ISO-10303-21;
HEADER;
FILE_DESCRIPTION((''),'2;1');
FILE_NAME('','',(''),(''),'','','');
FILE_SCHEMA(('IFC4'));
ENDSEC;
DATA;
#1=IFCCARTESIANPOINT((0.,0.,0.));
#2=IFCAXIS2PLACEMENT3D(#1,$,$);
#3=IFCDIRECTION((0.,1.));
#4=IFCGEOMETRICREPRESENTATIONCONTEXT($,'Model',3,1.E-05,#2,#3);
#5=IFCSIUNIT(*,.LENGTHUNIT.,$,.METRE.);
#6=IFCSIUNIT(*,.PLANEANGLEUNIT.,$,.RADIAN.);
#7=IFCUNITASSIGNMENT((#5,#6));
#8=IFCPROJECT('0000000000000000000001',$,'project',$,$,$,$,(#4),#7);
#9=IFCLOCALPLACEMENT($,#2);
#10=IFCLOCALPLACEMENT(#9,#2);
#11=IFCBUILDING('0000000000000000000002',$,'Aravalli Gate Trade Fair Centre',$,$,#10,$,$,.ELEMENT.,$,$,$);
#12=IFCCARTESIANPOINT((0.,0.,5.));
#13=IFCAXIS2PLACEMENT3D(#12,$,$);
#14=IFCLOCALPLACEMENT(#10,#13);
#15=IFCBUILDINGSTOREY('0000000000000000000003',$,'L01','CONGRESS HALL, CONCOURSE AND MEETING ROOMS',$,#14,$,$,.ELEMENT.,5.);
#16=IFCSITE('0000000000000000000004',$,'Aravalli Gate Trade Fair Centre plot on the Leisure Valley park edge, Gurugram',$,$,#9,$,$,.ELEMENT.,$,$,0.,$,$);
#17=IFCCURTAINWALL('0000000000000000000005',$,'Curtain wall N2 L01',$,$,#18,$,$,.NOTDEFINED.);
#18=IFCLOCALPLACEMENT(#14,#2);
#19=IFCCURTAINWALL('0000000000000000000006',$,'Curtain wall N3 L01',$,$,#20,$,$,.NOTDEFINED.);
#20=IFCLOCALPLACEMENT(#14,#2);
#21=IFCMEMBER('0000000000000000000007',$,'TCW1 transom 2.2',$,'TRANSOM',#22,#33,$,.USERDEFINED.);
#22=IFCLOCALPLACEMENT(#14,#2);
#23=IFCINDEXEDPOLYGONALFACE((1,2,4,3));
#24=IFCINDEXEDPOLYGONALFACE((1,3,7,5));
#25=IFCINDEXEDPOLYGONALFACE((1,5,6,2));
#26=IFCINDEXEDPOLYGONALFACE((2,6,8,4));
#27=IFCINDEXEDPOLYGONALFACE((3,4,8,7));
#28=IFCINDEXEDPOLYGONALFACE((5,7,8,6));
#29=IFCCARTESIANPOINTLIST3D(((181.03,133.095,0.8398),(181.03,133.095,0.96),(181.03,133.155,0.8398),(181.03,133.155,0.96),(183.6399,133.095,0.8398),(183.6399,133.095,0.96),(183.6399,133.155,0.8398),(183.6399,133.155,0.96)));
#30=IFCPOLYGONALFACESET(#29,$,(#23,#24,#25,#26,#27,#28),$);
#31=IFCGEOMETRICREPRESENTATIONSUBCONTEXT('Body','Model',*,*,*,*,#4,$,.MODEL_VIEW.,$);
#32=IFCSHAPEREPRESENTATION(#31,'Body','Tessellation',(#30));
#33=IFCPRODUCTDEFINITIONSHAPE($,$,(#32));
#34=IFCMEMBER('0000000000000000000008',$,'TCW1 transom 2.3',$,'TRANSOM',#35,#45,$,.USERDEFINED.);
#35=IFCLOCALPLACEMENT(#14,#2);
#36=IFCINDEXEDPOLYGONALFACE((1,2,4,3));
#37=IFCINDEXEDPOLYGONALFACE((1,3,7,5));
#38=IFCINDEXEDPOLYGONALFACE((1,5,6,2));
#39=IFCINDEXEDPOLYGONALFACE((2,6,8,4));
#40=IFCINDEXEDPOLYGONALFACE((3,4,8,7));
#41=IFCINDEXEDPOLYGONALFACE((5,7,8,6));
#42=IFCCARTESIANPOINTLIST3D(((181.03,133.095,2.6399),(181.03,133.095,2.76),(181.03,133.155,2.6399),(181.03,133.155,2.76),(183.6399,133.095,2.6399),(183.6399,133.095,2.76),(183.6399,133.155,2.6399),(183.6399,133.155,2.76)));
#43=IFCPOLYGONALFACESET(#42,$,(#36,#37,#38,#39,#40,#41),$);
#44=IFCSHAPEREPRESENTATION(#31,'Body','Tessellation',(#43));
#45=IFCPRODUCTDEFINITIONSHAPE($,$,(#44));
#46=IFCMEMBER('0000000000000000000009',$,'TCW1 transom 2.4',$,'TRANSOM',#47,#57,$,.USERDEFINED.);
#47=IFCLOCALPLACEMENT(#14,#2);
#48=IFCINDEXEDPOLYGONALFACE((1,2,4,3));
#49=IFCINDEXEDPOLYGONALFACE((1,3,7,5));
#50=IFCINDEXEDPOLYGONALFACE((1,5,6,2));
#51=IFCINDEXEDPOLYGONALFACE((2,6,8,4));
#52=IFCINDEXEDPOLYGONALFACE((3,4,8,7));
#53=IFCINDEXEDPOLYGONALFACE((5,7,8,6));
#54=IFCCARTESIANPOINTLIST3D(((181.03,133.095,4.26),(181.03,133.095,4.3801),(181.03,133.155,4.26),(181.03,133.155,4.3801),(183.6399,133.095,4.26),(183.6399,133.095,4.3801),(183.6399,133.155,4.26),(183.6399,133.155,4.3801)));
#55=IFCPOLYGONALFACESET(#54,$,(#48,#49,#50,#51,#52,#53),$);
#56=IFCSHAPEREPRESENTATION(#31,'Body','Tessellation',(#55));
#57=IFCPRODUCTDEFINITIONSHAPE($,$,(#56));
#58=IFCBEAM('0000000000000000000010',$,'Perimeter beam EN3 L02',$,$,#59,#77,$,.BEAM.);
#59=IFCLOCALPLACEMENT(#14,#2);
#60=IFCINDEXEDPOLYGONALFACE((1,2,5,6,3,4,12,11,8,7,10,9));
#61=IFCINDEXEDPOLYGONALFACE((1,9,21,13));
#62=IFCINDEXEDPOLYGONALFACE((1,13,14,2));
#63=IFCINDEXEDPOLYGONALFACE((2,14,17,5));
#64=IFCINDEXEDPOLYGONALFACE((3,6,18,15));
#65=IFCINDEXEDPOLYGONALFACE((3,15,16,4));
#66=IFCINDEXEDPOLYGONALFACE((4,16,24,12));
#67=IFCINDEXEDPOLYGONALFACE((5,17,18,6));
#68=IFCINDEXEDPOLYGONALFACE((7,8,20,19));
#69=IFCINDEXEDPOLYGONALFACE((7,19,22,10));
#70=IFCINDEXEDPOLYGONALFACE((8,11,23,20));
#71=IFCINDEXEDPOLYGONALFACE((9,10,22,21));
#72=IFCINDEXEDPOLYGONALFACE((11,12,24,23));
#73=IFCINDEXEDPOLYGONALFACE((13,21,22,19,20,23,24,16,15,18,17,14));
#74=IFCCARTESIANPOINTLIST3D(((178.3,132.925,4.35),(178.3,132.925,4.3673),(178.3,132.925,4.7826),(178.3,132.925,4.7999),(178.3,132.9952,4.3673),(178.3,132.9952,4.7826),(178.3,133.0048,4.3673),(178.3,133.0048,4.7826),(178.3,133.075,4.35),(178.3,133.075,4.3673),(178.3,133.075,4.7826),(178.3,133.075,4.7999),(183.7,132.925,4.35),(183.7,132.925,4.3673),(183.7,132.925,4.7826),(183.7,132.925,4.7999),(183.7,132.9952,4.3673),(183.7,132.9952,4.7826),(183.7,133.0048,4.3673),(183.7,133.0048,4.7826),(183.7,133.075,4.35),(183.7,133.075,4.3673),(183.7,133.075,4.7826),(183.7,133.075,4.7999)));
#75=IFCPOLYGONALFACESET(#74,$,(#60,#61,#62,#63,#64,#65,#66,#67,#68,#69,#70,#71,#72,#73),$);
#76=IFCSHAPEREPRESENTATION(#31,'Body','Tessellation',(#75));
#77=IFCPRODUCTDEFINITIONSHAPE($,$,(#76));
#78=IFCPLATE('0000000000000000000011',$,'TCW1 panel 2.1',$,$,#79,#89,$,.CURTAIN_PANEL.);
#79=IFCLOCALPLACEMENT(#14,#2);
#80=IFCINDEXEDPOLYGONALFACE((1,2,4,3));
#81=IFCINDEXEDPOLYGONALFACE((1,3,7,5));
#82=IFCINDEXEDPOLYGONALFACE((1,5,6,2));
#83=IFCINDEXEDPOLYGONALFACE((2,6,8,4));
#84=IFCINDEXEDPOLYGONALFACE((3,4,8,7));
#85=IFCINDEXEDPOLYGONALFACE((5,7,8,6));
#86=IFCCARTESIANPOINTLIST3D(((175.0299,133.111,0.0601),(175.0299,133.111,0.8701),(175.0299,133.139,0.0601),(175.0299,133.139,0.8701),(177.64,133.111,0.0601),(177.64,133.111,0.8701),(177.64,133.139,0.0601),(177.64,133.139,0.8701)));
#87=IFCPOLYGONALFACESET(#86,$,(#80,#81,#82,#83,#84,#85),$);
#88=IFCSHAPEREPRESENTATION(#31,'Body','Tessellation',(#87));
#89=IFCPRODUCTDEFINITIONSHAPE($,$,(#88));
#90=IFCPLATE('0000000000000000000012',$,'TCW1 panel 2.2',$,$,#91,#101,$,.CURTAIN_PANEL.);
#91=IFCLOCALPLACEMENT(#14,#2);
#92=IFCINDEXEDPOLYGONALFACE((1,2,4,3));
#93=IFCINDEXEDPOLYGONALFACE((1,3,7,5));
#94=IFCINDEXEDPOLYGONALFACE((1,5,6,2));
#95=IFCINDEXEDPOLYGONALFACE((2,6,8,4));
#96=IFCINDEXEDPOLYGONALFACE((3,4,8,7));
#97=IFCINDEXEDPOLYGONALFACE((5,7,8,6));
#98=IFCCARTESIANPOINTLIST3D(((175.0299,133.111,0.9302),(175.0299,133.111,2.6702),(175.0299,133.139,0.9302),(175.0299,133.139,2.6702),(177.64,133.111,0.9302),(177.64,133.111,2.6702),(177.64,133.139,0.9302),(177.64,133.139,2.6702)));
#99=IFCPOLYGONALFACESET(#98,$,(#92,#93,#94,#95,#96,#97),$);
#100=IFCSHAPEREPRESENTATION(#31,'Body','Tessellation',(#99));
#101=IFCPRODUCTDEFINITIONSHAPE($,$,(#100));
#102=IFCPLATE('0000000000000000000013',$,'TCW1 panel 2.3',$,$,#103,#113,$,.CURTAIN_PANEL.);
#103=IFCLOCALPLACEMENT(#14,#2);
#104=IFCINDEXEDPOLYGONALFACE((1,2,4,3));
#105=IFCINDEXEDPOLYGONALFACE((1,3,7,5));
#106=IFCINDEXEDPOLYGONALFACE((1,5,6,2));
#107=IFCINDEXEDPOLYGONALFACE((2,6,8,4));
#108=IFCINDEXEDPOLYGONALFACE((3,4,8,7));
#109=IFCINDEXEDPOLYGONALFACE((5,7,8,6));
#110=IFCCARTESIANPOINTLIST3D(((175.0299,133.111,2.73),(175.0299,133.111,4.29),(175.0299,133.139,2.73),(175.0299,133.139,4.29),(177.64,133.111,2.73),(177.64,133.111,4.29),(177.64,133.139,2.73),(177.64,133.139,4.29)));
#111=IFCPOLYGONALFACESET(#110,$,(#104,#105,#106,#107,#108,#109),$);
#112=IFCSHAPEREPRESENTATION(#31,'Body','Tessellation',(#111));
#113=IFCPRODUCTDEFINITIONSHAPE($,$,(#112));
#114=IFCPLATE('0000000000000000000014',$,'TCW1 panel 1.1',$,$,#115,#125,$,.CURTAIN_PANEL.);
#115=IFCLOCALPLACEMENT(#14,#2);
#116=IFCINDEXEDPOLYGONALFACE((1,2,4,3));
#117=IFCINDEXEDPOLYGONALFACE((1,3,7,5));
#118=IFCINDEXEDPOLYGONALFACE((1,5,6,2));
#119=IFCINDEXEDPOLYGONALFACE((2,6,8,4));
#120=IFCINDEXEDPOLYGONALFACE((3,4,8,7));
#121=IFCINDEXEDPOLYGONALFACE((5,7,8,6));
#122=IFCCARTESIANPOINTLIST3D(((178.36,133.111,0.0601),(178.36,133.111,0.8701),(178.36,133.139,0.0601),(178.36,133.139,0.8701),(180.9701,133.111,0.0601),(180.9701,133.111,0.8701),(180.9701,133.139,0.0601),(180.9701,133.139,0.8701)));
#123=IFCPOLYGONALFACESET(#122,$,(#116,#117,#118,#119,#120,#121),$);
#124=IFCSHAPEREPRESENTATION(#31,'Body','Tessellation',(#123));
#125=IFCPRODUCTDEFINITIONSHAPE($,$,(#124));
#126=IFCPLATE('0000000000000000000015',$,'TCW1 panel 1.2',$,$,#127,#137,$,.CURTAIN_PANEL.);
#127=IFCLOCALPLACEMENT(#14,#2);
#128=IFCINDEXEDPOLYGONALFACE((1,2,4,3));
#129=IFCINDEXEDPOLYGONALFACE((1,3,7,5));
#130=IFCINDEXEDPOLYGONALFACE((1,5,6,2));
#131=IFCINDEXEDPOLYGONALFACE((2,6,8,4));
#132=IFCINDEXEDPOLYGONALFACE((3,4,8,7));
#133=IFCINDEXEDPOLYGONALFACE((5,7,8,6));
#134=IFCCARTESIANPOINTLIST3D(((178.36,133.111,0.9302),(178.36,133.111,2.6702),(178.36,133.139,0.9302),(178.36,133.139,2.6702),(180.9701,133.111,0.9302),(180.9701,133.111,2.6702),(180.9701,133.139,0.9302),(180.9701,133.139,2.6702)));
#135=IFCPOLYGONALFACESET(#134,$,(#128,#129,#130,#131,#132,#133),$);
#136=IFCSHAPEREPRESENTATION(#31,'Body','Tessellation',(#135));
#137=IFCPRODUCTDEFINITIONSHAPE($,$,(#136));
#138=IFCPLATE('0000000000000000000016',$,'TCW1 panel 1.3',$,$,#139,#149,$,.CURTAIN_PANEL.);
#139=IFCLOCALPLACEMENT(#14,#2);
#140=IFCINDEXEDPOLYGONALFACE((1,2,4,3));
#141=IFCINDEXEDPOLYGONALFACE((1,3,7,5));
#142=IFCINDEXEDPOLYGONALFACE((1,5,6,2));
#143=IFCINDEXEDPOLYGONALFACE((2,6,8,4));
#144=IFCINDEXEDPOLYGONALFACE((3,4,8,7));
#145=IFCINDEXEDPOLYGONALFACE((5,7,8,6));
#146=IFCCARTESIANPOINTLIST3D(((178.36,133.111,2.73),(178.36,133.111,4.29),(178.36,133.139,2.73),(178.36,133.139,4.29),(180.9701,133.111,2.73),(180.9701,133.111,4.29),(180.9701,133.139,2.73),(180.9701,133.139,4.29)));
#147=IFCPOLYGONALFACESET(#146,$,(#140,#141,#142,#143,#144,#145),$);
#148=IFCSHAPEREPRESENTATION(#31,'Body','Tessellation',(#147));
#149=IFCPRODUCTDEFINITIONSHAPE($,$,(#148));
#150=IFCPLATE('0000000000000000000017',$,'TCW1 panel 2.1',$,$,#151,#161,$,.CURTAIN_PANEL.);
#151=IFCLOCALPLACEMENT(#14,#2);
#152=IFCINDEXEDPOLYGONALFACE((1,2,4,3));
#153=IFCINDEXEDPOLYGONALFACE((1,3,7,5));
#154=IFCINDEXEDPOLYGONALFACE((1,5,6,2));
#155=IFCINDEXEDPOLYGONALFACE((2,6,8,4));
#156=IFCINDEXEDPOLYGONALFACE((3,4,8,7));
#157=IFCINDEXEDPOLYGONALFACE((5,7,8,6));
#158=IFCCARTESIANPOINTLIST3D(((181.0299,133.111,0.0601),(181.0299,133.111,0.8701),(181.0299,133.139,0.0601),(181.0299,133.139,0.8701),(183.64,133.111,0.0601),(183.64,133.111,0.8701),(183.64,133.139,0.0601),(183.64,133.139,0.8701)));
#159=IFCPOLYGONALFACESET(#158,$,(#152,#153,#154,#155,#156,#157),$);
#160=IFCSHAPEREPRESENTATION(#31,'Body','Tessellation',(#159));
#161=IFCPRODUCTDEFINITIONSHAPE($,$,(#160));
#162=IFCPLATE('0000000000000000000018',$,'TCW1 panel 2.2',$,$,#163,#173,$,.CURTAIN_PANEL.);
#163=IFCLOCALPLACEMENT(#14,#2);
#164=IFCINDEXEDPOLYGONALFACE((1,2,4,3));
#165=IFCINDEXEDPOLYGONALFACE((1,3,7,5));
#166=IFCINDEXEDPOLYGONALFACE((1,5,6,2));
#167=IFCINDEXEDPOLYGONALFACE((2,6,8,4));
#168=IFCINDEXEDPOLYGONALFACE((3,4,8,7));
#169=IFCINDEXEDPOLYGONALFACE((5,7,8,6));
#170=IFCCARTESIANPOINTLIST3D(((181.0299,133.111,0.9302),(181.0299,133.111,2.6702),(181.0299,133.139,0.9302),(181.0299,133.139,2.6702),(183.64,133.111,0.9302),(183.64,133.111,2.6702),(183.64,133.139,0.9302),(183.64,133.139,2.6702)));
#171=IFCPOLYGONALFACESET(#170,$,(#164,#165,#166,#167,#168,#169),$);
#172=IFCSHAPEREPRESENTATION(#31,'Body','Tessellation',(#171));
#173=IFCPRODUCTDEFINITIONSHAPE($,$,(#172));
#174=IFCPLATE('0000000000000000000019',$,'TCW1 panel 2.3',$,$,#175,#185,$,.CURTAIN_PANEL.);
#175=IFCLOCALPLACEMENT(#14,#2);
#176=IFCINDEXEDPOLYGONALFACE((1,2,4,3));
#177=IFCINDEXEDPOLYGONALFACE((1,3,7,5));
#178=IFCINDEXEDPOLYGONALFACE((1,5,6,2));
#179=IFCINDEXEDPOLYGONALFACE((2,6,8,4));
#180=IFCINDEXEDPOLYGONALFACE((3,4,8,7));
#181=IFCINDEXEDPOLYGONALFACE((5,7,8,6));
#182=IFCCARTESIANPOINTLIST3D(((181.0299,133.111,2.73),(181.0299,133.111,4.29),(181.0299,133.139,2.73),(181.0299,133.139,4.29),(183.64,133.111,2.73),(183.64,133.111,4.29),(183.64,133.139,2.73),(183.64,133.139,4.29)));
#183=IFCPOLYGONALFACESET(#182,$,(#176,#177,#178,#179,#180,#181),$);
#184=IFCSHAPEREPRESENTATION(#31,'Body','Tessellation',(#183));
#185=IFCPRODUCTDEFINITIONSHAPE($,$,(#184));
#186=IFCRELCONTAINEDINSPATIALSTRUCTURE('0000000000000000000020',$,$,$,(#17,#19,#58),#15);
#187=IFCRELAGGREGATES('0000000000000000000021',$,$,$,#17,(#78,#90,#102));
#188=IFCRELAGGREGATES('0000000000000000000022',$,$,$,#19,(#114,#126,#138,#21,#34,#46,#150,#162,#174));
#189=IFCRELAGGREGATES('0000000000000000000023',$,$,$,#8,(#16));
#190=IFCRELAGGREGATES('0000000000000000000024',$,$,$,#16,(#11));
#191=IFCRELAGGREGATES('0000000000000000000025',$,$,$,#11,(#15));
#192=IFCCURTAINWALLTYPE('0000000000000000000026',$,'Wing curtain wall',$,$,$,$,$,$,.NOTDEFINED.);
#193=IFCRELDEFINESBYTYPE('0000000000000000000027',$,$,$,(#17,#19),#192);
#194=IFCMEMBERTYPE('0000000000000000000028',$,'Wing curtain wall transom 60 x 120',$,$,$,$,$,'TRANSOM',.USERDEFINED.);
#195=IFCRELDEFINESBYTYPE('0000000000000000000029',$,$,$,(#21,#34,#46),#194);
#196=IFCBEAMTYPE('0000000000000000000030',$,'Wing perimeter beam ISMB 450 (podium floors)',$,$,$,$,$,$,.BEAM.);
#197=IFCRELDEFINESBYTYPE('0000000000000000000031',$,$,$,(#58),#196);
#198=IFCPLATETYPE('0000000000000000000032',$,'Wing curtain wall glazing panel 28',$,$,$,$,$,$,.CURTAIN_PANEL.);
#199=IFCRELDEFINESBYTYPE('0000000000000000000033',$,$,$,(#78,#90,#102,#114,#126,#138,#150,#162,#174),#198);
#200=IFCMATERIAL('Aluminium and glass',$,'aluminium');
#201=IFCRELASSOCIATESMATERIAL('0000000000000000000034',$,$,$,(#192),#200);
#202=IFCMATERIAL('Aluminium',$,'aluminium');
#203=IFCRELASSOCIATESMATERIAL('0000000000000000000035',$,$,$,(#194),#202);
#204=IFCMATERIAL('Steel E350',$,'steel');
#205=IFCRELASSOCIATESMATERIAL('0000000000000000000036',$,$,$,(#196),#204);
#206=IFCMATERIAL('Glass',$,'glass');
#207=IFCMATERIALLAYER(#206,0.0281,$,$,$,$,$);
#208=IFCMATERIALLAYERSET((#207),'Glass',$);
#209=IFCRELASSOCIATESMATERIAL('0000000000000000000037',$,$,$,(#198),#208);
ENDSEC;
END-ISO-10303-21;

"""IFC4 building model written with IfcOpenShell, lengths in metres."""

from ifc_helpers import new_model, si_unit, direction, frame, origin, origin_2d, place, context, subcontext, project, spatial, rectangle, i_section, extrude, material, layer, layer_set, material_profile, profile_set, type_object, element, aggregate, save


model = new_model("IFC4")

# Units and contexts
model_context = context("Model", 3, precision=1e-05, world=origin(), true_north=direction((0.0, 1.0)))
body_context = subcontext(model_context, "Body", "Model", "MODEL_VIEW")
ifc_project = project(units=[si_unit("LENGTHUNIT", "METRE"), si_unit("PLANEANGLEUNIT", "RADIAN")], contexts=[model_context])

# Site, building, storey
site_placement = place(None, origin())
site = spatial("IfcSite", under=ifc_project, at=site_placement, Name="Aravalli Gate Trade Fair Centre plot on the Leisure Valley park edge, Gurugram", CompositionType="ELEMENT", RefElevation=0.0)
building_placement = place(site_placement, origin())
building = spatial("IfcBuilding", under=site, at=building_placement, Name="Aravalli Gate Trade Fair Centre", CompositionType="ELEMENT")
storey_placement = place(building_placement, frame((0.0, 0.0, 5.0)))
storey = spatial("IfcBuildingStorey", under=building, at=storey_placement, Name="L01", Description="CONGRESS HALL, CONCOURSE AND MEETING ROOMS", CompositionType="ELEMENT", Elevation=5.0)

# Shared definitions
ifc_material_1 = material(Name="Steel E350", Category="steel")

# Curtain walls
ifc_material_2 = material(Name="Aluminium and glass", Category="aluminium")
curtain_wall_type = type_object("IfcCurtainWallType", Name="Wing curtain wall", PredefinedType="NOTDEFINED", material=ifc_material_2)
curtain_wall_1_placement = place(storey_placement, origin())
curtain_wall_1 = element("IfcCurtainWall", 1, at=curtain_wall_1_placement, inside=storey, type_object=curtain_wall_type, Name="Curtain wall N2 L01", PredefinedType="NOTDEFINED")
ifc_material_3 = material(Name="Aluminium", Category="aluminium")
curtain_wall_2_placement = place(storey_placement, origin())
curtain_wall_2 = element("IfcCurtainWall", 2, at=curtain_wall_2_placement, inside=storey, type_object=curtain_wall_type, Name="Curtain wall N3 L01", PredefinedType="NOTDEFINED")

# Members
ifc_material_profile_1 = material_profile(ifc_material_3, rectangle(XDim=0.0601, YDim=0.1201, at=origin_2d()), Name="Wing curtain wall transom 60 x 120")
ifc_profile_set_1 = profile_set([ifc_material_profile_1], Name="Aluminium")
member_type_1 = type_object("IfcMemberType", Name="Wing curtain wall transom 60 x 120", ElementType="TRANSOM", PredefinedType="USERDEFINED", material=ifc_profile_set_1)
member_1_placement = place(storey_placement, frame((181.03, 133.125, 0.8999), z_axis=(1.0, 0.0, 0.0), x_axis=(0.0, 1.0, 0.0)))
member_1 = element("IfcMember", 3, at=member_1_placement, type_object=member_type_1, Name="TCW1 transom 2.2", ObjectType="TRANSOM", PredefinedType="USERDEFINED", context=body_context, shape_type="SweptSolid", body=[
    extrude(rectangle(XDim=0.0601, YDim=0.1201, at=origin_2d()), origin(), (0.0, 0.0, 1.0), 2.6099),
])
member_2_placement = place(storey_placement, frame((181.03, 133.125, 2.7), z_axis=(1.0, 0.0, 0.0), x_axis=(0.0, 1.0, 0.0)))
member_2 = element("IfcMember", 4, at=member_2_placement, type_object=member_type_1, Name="TCW1 transom 2.3", ObjectType="TRANSOM", PredefinedType="USERDEFINED", context=body_context, shape_type="SweptSolid", body=[
    extrude(rectangle(XDim=0.0601, YDim=0.1201, at=origin_2d()), origin(), (0.0, 0.0, 1.0), 2.6099),
])
member_3_placement = place(storey_placement, frame((181.03, 133.125, 4.3201), z_axis=(1.0, 0.0, 0.0), x_axis=(0.0, 1.0, 0.0)))
member_3 = element("IfcMember", 5, at=member_3_placement, type_object=member_type_1, Name="TCW1 transom 2.4", ObjectType="TRANSOM", PredefinedType="USERDEFINED", context=body_context, shape_type="SweptSolid", body=[
    extrude(rectangle(XDim=0.0601, YDim=0.1201, at=origin_2d()), origin(), (0.0, 0.0, 1.0), 2.6099),
])

# Beam
ifc_material_profile_2 = material_profile(ifc_material_1, i_section(OverallWidth=0.1499, OverallDepth=0.45, WebThickness=0.0095, FlangeThickness=0.0173, at=origin_2d()), Name="ISMB 450")
ifc_profile_set_2 = profile_set([ifc_material_profile_2], Name="Steel E350")
beam_type_1 = type_object("IfcBeamType", Name="Wing perimeter beam ISMB 450 (podium floors)", PredefinedType="BEAM", material=ifc_profile_set_2)
beam_placement = place(storey_placement, frame((178.3, 133.0, 4.575), z_axis=(1.0, 0.0, 0.0), x_axis=(0.0, 1.0, 0.0)))
element("IfcBeam", 6, at=beam_placement, inside=storey, type_object=beam_type_1, Name="Perimeter beam EN3 L02", PredefinedType="BEAM", context=body_context, shape_type="SweptSolid", body=[
    extrude(i_section(OverallWidth=0.1499, OverallDepth=0.45, WebThickness=0.0095, FlangeThickness=0.0173, at=origin_2d()), origin(), (0.0, 0.0, 1.0), 5.3999),
])

# Plates
ifc_material_4 = material(Name="Glass", Category="glass")
ifc_layer = layer(ifc_material_4, 0.0281)
ifc_layer_set = layer_set([ifc_layer], Name="Glass")
plate_type = type_object("IfcPlateType", Name="Wing curtain wall glazing panel 28", PredefinedType="CURTAIN_PANEL", material=ifc_layer_set)
plate_1_placement = place(storey_placement, frame((176.335, 133.125, 0.0601), z_axis=(0.0, 0.0, 1.0), x_axis=(1.0, 0.0, 0.0)))
plate_1 = element("IfcPlate", 7, at=plate_1_placement, type_object=plate_type, Name="TCW1 panel 2.1", PredefinedType="CURTAIN_PANEL", context=body_context, shape_type="SweptSolid", body=[
    extrude(rectangle(XDim=2.6101, YDim=0.0281, at=origin_2d()), origin(), (0.0, 0.0, 1.0), 0.8101),
])
plate_2_placement = place(storey_placement, frame((176.335, 133.125, 0.9302), z_axis=(0.0, 0.0, 1.0), x_axis=(1.0, 0.0, 0.0)))
plate_2 = element("IfcPlate", 8, at=plate_2_placement, type_object=plate_type, Name="TCW1 panel 2.2", PredefinedType="CURTAIN_PANEL", context=body_context, shape_type="SweptSolid", body=[
    extrude(rectangle(XDim=2.6101, YDim=0.0281, at=origin_2d()), origin(), (0.0, 0.0, 1.0), 1.74),
])
plate_3_placement = place(storey_placement, frame((176.335, 133.125, 2.73), z_axis=(0.0, 0.0, 1.0), x_axis=(1.0, 0.0, 0.0)))
plate_3 = element("IfcPlate", 9, at=plate_3_placement, type_object=plate_type, Name="TCW1 panel 2.3", PredefinedType="CURTAIN_PANEL", context=body_context, shape_type="SweptSolid", body=[
    extrude(rectangle(XDim=2.6101, YDim=0.0281, at=origin_2d()), origin(), (0.0, 0.0, 1.0), 1.5601),
])
aggregate(curtain_wall_1, [plate_1, plate_2, plate_3])
plate_4_placement = place(storey_placement, frame((179.665, 133.125, 0.0601), z_axis=(0.0, 0.0, 1.0), x_axis=(1.0, 0.0, 0.0)))
plate_4 = element("IfcPlate", 10, at=plate_4_placement, type_object=plate_type, Name="TCW1 panel 1.1", PredefinedType="CURTAIN_PANEL", context=body_context, shape_type="SweptSolid", body=[
    extrude(rectangle(XDim=2.6101, YDim=0.0281, at=origin_2d()), origin(), (0.0, 0.0, 1.0), 0.8101),
])
plate_5_placement = place(storey_placement, frame((179.665, 133.125, 0.9302), z_axis=(0.0, 0.0, 1.0), x_axis=(1.0, 0.0, 0.0)))
plate_5 = element("IfcPlate", 11, at=plate_5_placement, type_object=plate_type, Name="TCW1 panel 1.2", PredefinedType="CURTAIN_PANEL", context=body_context, shape_type="SweptSolid", body=[
    extrude(rectangle(XDim=2.6101, YDim=0.0281, at=origin_2d()), origin(), (0.0, 0.0, 1.0), 1.74),
])
plate_6_placement = place(storey_placement, frame((179.665, 133.125, 2.73), z_axis=(0.0, 0.0, 1.0), x_axis=(1.0, 0.0, 0.0)))
plate_6 = element("IfcPlate", 12, at=plate_6_placement, type_object=plate_type, Name="TCW1 panel 1.3", PredefinedType="CURTAIN_PANEL", context=body_context, shape_type="SweptSolid", body=[
    extrude(rectangle(XDim=2.6101, YDim=0.0281, at=origin_2d()), origin(), (0.0, 0.0, 1.0), 1.5601),
])
plate_7_placement = place(storey_placement, frame((182.335, 133.125, 0.0601), z_axis=(0.0, 0.0, 1.0), x_axis=(1.0, 0.0, 0.0)))
plate_7 = element("IfcPlate", 13, at=plate_7_placement, type_object=plate_type, Name="TCW1 panel 2.1", PredefinedType="CURTAIN_PANEL", context=body_context, shape_type="SweptSolid", body=[
    extrude(rectangle(XDim=2.6101, YDim=0.0281, at=origin_2d()), origin(), (0.0, 0.0, 1.0), 0.8101),
])
plate_8_placement = place(storey_placement, frame((182.335, 133.125, 0.9302), z_axis=(0.0, 0.0, 1.0), x_axis=(1.0, 0.0, 0.0)))
plate_8 = element("IfcPlate", 14, at=plate_8_placement, type_object=plate_type, Name="TCW1 panel 2.2", PredefinedType="CURTAIN_PANEL", context=body_context, shape_type="SweptSolid", body=[
    extrude(rectangle(XDim=2.6101, YDim=0.0281, at=origin_2d()), origin(), (0.0, 0.0, 1.0), 1.74),
])
plate_9_placement = place(storey_placement, frame((182.335, 133.125, 2.73), z_axis=(0.0, 0.0, 1.0), x_axis=(1.0, 0.0, 0.0)))
plate_9 = element("IfcPlate", 15, at=plate_9_placement, type_object=plate_type, Name="TCW1 panel 2.3", PredefinedType="CURTAIN_PANEL", context=body_context, shape_type="SweptSolid", body=[
    extrude(rectangle(XDim=2.6101, YDim=0.0281, at=origin_2d()), origin(), (0.0, 0.0, 1.0), 1.5601),
])
aggregate(curtain_wall_2, [plate_4, plate_5, plate_6, member_1, member_2, member_3, plate_7, plate_8, plate_9])

save(model, "model.ifc")
